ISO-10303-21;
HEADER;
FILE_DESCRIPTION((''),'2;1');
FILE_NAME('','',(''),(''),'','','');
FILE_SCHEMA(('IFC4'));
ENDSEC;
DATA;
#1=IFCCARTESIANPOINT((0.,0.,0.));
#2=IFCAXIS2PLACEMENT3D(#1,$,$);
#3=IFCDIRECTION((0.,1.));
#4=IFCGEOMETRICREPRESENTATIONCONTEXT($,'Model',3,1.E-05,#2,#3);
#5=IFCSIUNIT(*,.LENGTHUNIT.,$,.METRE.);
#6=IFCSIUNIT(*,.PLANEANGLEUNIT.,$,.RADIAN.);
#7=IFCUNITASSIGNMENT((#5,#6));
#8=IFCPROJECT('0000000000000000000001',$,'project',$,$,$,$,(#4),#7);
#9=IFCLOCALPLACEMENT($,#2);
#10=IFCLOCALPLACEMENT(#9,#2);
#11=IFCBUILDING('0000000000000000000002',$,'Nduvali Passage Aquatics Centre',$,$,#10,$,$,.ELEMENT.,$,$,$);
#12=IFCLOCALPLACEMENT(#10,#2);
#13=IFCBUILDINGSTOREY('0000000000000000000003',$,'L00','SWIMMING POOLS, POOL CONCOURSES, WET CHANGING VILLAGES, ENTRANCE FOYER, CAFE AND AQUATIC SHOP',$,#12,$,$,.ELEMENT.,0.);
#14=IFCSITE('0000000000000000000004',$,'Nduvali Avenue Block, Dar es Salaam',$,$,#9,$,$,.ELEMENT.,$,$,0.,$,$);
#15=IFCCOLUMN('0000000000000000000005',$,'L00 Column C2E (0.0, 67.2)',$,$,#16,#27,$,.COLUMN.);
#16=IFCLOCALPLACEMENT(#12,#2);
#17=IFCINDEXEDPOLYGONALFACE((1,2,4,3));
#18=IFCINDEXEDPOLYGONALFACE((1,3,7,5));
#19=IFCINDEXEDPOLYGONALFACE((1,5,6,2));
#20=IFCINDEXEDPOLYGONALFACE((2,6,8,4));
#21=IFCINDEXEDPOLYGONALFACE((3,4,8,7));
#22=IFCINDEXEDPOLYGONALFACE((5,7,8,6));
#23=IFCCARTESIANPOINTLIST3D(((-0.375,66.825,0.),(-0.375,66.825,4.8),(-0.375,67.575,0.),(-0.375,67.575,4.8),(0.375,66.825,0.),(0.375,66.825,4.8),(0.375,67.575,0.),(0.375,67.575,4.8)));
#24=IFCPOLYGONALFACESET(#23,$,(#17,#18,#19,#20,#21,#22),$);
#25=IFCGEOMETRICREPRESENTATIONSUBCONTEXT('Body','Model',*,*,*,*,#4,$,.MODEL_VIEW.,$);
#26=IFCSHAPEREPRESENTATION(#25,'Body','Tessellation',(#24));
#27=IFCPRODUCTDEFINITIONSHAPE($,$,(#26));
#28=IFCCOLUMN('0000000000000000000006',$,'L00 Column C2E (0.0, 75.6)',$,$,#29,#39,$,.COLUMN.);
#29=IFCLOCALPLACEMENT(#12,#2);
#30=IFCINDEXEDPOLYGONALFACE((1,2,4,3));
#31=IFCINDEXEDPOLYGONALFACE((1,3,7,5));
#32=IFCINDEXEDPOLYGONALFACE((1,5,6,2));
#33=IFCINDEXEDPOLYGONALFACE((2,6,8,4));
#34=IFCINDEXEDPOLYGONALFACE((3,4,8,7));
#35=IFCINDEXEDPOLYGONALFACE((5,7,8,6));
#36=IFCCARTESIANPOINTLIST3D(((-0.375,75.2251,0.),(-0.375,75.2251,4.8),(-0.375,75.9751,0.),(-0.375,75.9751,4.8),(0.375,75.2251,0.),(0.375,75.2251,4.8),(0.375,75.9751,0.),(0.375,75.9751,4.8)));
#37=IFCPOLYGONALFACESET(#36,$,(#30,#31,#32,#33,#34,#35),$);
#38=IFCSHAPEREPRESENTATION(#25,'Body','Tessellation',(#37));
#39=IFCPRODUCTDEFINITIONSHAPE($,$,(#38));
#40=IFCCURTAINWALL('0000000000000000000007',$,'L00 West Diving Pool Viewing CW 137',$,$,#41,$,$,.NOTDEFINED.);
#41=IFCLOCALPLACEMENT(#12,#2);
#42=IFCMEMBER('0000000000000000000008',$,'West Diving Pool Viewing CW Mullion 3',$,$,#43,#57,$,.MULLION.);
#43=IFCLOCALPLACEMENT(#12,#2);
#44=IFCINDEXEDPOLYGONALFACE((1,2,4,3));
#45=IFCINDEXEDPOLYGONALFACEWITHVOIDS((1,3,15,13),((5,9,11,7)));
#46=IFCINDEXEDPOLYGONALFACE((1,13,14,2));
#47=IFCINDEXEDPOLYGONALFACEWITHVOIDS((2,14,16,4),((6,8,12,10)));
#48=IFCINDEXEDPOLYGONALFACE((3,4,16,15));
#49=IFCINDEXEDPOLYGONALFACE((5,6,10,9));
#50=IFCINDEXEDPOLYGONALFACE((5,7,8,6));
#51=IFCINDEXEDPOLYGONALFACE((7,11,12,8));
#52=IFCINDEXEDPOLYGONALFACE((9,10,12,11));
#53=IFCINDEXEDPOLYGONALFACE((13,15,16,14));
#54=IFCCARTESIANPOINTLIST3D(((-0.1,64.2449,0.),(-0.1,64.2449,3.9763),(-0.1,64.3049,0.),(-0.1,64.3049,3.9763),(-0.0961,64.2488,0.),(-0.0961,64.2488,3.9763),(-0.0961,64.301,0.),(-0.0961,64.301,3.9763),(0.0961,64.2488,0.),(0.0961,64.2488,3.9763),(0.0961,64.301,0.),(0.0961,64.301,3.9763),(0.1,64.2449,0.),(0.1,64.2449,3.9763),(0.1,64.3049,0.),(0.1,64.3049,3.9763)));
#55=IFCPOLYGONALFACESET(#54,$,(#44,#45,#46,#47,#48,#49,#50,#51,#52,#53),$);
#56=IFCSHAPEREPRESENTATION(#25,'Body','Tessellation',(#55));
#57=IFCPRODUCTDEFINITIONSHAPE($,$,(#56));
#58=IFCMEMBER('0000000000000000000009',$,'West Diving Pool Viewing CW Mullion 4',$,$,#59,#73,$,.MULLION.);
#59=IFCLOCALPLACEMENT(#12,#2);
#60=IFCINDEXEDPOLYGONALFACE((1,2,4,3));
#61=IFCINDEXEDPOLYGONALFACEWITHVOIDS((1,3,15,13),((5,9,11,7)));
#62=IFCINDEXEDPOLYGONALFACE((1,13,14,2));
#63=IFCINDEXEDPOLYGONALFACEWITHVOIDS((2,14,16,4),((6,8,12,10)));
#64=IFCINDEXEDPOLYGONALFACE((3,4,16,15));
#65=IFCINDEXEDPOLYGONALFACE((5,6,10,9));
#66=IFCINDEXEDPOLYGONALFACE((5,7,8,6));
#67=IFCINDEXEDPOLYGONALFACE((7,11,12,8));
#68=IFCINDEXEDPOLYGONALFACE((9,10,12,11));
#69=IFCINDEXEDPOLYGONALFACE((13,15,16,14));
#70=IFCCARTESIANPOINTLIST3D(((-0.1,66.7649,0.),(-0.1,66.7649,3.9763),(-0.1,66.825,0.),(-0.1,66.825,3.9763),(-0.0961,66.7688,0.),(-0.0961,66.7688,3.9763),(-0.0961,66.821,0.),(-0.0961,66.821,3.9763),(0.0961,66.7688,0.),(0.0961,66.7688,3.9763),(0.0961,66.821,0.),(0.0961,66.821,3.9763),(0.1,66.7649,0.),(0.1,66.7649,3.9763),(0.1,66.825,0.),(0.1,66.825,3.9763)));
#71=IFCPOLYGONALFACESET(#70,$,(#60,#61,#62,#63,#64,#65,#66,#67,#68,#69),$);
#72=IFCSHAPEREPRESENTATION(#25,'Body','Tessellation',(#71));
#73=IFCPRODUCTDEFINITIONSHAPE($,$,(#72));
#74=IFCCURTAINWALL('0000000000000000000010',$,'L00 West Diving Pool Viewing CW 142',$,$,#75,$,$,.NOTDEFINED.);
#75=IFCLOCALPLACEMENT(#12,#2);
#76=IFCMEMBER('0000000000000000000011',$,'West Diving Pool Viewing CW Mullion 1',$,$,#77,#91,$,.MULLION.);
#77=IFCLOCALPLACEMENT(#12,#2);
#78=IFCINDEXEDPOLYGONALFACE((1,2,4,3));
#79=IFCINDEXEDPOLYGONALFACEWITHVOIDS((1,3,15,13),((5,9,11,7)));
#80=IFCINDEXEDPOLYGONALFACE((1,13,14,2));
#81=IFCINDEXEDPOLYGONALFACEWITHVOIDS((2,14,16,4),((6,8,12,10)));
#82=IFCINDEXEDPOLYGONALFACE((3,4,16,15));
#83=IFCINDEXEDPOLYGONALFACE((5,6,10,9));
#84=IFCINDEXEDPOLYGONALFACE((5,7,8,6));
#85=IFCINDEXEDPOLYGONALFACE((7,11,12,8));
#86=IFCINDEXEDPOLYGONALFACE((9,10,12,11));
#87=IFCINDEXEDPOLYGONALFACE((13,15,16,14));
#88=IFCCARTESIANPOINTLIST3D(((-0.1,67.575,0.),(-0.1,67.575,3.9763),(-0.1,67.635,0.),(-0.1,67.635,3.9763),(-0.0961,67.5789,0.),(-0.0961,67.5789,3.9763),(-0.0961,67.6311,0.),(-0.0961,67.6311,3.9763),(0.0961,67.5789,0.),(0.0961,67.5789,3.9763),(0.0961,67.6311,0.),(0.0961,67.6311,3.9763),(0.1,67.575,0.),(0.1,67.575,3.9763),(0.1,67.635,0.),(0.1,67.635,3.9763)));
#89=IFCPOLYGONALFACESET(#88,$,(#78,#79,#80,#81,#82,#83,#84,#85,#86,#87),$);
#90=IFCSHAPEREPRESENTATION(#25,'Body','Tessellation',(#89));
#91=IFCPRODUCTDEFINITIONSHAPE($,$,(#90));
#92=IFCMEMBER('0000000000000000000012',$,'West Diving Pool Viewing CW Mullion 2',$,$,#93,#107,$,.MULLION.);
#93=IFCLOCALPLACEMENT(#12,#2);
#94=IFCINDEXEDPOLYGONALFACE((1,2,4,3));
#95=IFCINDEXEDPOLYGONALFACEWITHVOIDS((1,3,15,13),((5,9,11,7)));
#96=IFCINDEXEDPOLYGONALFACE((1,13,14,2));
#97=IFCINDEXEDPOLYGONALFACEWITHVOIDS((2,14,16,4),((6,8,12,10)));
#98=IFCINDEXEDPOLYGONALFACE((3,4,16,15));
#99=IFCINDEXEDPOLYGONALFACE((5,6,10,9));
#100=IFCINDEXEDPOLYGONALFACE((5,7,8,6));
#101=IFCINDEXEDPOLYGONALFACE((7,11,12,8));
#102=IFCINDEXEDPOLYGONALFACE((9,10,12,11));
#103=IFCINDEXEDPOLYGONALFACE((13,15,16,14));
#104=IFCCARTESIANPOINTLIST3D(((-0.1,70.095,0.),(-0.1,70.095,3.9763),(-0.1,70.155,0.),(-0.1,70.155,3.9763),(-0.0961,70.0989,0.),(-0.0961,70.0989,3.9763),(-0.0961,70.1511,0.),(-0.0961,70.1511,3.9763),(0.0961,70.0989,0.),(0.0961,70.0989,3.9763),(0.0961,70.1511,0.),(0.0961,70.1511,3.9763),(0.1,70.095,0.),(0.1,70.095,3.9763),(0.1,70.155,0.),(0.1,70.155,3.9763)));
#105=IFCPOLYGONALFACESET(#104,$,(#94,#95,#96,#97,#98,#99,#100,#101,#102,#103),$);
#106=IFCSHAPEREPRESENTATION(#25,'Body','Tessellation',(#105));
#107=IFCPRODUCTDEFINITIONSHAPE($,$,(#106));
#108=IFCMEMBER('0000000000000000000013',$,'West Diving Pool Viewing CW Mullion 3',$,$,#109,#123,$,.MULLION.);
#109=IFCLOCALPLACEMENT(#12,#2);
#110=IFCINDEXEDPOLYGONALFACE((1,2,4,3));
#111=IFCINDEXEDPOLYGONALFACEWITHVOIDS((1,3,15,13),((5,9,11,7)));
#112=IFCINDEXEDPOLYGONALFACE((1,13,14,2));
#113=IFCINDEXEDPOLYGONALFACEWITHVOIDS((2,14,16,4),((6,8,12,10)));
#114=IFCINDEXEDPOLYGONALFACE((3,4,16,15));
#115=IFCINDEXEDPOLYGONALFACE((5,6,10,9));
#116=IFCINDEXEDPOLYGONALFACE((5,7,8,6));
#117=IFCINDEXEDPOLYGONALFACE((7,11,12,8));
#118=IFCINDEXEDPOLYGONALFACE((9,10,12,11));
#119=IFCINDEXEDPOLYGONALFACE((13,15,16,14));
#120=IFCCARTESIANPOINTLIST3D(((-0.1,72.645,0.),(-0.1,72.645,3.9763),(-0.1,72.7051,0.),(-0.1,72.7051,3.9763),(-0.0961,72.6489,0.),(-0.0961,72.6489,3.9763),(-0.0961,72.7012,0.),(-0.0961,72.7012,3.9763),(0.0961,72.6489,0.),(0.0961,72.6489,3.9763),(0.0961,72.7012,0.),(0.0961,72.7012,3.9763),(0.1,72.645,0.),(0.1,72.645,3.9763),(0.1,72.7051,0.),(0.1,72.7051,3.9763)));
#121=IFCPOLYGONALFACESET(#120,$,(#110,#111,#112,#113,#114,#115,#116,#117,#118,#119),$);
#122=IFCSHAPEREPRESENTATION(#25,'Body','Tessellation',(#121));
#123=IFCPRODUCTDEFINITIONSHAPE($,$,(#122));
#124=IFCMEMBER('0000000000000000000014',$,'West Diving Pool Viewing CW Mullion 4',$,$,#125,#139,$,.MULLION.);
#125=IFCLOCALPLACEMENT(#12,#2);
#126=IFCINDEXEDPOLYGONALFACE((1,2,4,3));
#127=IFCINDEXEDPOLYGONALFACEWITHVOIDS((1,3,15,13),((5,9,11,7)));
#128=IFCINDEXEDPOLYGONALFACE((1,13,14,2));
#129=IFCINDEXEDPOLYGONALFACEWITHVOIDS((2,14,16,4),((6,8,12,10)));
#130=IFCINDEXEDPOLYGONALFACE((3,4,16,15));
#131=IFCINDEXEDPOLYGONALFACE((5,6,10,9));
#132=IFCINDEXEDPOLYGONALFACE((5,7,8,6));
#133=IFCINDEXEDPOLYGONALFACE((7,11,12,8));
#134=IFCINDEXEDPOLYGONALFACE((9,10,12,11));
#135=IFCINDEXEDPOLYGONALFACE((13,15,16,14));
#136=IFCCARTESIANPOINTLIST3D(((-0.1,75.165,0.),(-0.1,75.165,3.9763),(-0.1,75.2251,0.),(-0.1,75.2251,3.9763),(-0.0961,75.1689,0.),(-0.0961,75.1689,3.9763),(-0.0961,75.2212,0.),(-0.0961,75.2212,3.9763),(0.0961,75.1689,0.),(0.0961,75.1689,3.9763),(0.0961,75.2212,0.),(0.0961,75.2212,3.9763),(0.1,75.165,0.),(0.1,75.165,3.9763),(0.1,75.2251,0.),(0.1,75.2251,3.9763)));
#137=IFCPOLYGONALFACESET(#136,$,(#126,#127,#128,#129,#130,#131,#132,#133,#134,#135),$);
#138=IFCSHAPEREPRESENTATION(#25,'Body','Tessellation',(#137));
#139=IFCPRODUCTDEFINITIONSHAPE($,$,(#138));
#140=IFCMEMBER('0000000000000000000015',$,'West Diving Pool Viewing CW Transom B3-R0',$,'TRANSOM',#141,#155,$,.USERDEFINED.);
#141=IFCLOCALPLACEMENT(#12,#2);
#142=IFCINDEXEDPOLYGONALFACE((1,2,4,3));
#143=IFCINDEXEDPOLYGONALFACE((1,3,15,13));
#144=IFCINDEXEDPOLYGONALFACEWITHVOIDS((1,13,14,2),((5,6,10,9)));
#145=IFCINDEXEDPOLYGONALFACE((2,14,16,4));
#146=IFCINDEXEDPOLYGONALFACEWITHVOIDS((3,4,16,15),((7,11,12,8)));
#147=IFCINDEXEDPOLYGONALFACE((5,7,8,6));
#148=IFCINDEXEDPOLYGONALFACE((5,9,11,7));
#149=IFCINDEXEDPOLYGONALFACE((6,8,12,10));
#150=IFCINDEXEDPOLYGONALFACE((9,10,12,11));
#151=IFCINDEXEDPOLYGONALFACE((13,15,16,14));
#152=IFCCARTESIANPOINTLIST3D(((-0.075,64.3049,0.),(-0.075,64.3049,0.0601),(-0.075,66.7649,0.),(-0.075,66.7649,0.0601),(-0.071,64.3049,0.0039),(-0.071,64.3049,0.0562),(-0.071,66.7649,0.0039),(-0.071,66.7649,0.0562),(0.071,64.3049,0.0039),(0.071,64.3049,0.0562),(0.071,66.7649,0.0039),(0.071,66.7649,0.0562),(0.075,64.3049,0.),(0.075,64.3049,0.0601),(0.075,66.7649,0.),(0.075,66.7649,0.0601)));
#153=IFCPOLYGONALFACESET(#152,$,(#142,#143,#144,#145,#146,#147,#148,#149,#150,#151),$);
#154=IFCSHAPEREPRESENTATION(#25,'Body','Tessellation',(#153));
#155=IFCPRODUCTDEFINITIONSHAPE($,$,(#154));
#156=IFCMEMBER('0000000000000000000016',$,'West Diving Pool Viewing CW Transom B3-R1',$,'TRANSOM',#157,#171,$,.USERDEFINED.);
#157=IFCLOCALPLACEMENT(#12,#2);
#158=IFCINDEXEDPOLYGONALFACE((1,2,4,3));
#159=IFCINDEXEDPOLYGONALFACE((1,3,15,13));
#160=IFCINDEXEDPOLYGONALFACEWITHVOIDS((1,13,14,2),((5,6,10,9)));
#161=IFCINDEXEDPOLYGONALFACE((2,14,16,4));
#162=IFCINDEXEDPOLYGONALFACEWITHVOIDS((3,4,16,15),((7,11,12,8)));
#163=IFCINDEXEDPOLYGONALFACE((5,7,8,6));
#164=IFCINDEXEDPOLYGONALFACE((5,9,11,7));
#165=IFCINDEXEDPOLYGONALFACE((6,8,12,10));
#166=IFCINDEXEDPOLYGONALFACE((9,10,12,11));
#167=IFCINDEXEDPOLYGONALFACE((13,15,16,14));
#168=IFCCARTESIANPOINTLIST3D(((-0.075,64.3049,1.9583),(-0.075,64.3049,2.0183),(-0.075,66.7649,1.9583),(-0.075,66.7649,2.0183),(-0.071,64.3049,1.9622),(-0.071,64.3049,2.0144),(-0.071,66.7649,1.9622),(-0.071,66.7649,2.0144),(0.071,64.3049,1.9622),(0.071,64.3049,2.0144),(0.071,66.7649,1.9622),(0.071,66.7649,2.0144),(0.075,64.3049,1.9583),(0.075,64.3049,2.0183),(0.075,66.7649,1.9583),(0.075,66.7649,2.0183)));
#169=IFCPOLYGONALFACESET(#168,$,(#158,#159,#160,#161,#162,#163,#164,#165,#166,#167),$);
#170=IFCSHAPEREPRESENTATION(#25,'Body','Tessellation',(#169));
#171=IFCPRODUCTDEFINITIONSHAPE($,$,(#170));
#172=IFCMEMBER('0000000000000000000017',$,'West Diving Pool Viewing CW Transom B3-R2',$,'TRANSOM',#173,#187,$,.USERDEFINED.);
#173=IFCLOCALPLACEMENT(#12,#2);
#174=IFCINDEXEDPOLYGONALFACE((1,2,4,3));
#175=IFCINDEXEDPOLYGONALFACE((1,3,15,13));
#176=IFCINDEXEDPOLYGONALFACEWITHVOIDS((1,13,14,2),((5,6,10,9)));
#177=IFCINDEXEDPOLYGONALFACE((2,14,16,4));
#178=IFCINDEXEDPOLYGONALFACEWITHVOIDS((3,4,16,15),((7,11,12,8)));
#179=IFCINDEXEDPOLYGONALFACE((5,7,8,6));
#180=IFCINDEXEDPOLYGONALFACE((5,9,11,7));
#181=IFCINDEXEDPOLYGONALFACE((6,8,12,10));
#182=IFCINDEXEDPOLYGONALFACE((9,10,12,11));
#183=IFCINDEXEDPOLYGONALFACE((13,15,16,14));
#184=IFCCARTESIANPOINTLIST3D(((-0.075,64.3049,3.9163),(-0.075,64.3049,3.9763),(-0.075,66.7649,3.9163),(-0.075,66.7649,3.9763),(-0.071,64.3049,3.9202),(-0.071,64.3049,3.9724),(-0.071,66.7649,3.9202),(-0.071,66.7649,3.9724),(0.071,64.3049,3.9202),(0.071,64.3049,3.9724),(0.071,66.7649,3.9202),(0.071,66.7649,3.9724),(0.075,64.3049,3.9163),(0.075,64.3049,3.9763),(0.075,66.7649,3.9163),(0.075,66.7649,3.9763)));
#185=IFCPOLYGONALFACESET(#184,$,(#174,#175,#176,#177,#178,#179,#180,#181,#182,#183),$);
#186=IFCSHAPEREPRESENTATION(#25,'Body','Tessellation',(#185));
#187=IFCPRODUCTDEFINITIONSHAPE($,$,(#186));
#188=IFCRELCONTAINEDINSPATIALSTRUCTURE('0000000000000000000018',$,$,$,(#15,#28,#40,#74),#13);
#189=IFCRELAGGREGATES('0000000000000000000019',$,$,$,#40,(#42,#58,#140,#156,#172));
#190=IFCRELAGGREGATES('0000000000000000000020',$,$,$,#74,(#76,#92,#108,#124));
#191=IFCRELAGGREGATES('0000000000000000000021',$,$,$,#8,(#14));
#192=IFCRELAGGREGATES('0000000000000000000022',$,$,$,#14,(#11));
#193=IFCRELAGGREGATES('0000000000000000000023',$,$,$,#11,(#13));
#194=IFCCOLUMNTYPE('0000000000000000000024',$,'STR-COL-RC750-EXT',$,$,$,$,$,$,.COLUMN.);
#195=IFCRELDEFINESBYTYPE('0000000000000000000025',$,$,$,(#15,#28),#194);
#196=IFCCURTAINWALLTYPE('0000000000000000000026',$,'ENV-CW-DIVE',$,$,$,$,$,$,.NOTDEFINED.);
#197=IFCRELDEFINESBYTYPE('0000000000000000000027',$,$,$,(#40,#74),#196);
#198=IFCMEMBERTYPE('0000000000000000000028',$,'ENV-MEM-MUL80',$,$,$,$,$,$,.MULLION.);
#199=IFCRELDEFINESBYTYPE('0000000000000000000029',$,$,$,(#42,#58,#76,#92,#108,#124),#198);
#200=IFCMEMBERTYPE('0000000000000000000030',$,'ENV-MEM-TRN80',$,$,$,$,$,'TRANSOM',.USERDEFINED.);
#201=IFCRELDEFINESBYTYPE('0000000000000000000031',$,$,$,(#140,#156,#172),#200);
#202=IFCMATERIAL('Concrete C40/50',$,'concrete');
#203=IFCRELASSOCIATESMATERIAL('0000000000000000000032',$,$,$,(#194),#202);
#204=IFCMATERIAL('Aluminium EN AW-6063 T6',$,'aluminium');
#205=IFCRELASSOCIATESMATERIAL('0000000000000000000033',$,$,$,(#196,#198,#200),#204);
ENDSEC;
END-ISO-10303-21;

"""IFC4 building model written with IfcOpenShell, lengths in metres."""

from ifc_helpers import new_model, si_unit, direction, frame, origin, origin_2d, place, context, subcontext, project, spatial, rectangle, hollow_rectangle, extrude, material, material_profile, profile_set, type_object, element, aggregate, save


model = new_model("IFC4")

# Units and contexts
model_context = context("Model", 3, precision=1e-05, world=origin(), true_north=direction((0.0, 1.0)))
body_context = subcontext(model_context, "Body", "Model", "MODEL_VIEW")
ifc_project = project(units=[si_unit("LENGTHUNIT", "METRE"), si_unit("PLANEANGLEUNIT", "RADIAN")], contexts=[model_context])

# Site, building, storey
site_placement = place(None, origin())
site = spatial("IfcSite", under=ifc_project, at=site_placement, Name="Nduvali Avenue Block, Dar es Salaam", CompositionType="ELEMENT", RefElevation=0.0)
building_placement = place(site_placement, origin())
building = spatial("IfcBuilding", under=site, at=building_placement, Name="Nduvali Passage Aquatics Centre", CompositionType="ELEMENT")
storey_placement = place(building_placement, origin())
storey = spatial("IfcBuildingStorey", under=building, at=storey_placement, Name="L00", Description="SWIMMING POOLS, POOL CONCOURSES, WET CHANGING VILLAGES, ENTRANCE FOYER, CAFE AND AQUATIC SHOP", CompositionType="ELEMENT", Elevation=0.0)

# Columns
ifc_material_1 = material(Name="Concrete C40/50", Category="concrete")
ifc_material_profile_1 = material_profile(ifc_material_1, rectangle(XDim=0.75, YDim=0.75, at=origin_2d()), Name="RC 750x750")
ifc_profile_set_1 = profile_set([ifc_material_profile_1], Name="Concrete C40/50")
column_type = type_object("IfcColumnType", Name="STR-COL-RC750-EXT", PredefinedType="COLUMN", material=ifc_profile_set_1)
for number, where, z_axis, x_axis, name in (
    (1, (0.0, 67.2, 0.0), (0.0, 0.0, 1.0), (1.0, 0.0, 0.0), "L00 Column C2E (0.0, 67.2)"),
    (2, (0.0, 75.6001, 0.0), (0.0, 0.0, 1.0), (1.0, 0.0, 0.0), "L00 Column C2E (0.0, 75.6)"),
):
    element("IfcColumn", number, at=place(storey_placement, frame(where, z_axis=z_axis, x_axis=x_axis)), inside=storey, type_object=column_type, Name=name, PredefinedType="COLUMN", context=body_context, shape_type="SweptSolid", body=[
        extrude(rectangle(XDim=0.75, YDim=0.75, at=origin_2d()), origin(), (0.0, 0.0, 1.0), 4.8),
    ])

# Curtain walls, members
ifc_material_2 = material(Name="Aluminium EN AW-6063 T6", Category="aluminium")
curtain_wall_type = type_object("IfcCurtainWallType", Name="ENV-CW-DIVE", PredefinedType="NOTDEFINED", material=ifc_material_2)
curtain_wall_1_placement = place(storey_placement, origin())
curtain_wall_1 = element("IfcCurtainWall", 3, at=curtain_wall_1_placement, inside=storey, type_object=curtain_wall_type, Name="L00 West Diving Pool Viewing CW 137", PredefinedType="NOTDEFINED")
ifc_material_profile_2 = material_profile(ifc_material_2, hollow_rectangle(XDim=0.0601, YDim=0.2, WallThickness=0.0039, at=origin_2d()), Name="ALU MULLION 60x200x4")
ifc_profile_set_2 = profile_set([ifc_material_profile_2], Name="Aluminium EN AW-6063 T6")
member_type_1 = type_object("IfcMemberType", Name="ENV-MEM-MUL80", PredefinedType="MULLION", material=ifc_profile_set_2)
member_1_placement = place(storey_placement, frame((0.0, 64.2749, 0.0), z_axis=(0.0, 0.0, 1.0), x_axis=(0.0, 1.0, 0.0)))
member_1 = element("IfcMember", 4, at=member_1_placement, type_object=member_type_1, Name="West Diving Pool Viewing CW Mullion 3", PredefinedType="MULLION", context=body_context, shape_type="SweptSolid", body=[
    extrude(hollow_rectangle(XDim=0.0601, YDim=0.2, WallThickness=0.0039, at=origin_2d()), origin(), (0.0, 0.0, 1.0), 3.9763),
])
member_2_placement = place(storey_placement, frame((0.0, 66.7949, 0.0), z_axis=(0.0, 0.0, 1.0), x_axis=(0.0, 1.0, 0.0)))
member_2 = element("IfcMember", 5, at=member_2_placement, type_object=member_type_1, Name="West Diving Pool Viewing CW Mullion 4", PredefinedType="MULLION", context=body_context, shape_type="SweptSolid", body=[
    extrude(hollow_rectangle(XDim=0.0601, YDim=0.2, WallThickness=0.0039, at=origin_2d()), origin(), (0.0, 0.0, 1.0), 3.9763),
])
curtain_wall_2_placement = place(storey_placement, origin())
curtain_wall_2 = element("IfcCurtainWall", 6, at=curtain_wall_2_placement, inside=storey, type_object=curtain_wall_type, Name="L00 West Diving Pool Viewing CW 142", PredefinedType="NOTDEFINED")
member_3_placement = place(storey_placement, frame((0.0, 67.605, 0.0), z_axis=(0.0, 0.0, 1.0), x_axis=(0.0, 1.0, 0.0)))
member_3 = element("IfcMember", 7, at=member_3_placement, type_object=member_type_1, Name="West Diving Pool Viewing CW Mullion 1", PredefinedType="MULLION", context=body_context, shape_type="SweptSolid", body=[
    extrude(hollow_rectangle(XDim=0.0601, YDim=0.2, WallThickness=0.0039, at=origin_2d()), origin(), (0.0, 0.0, 1.0), 3.9763),
])
member_4_placement = place(storey_placement, frame((0.0, 70.125, 0.0), z_axis=(0.0, 0.0, 1.0), x_axis=(0.0, 1.0, 0.0)))
member_4 = element("IfcMember", 8, at=member_4_placement, type_object=member_type_1, Name="West Diving Pool Viewing CW Mullion 2", PredefinedType="MULLION", context=body_context, shape_type="SweptSolid", body=[
    extrude(hollow_rectangle(XDim=0.0601, YDim=0.2, WallThickness=0.0039, at=origin_2d()), origin(), (0.0, 0.0, 1.0), 3.9763),
])
member_5_placement = place(storey_placement, frame((0.0, 72.675, 0.0), z_axis=(0.0, 0.0, 1.0), x_axis=(0.0, 1.0, 0.0)))
member_5 = element("IfcMember", 9, at=member_5_placement, type_object=member_type_1, Name="West Diving Pool Viewing CW Mullion 3", PredefinedType="MULLION", context=body_context, shape_type="SweptSolid", body=[
    extrude(hollow_rectangle(XDim=0.0601, YDim=0.2, WallThickness=0.0039, at=origin_2d()), origin(), (0.0, 0.0, 1.0), 3.9763),
])
member_6_placement = place(storey_placement, frame((0.0, 75.1951, 0.0), z_axis=(0.0, 0.0, 1.0), x_axis=(0.0, 1.0, 0.0)))
member_6 = element("IfcMember", 10, at=member_6_placement, type_object=member_type_1, Name="West Diving Pool Viewing CW Mullion 4", PredefinedType="MULLION", context=body_context, shape_type="SweptSolid", body=[
    extrude(hollow_rectangle(XDim=0.0601, YDim=0.2, WallThickness=0.0039, at=origin_2d()), origin(), (0.0, 0.0, 1.0), 3.9763),
])

# Members
ifc_material_profile_3 = material_profile(ifc_material_2, hollow_rectangle(XDim=0.1499, YDim=0.0601, WallThickness=0.0039, at=origin_2d()), Name="ALU TRANSOM 150x60x4")
ifc_profile_set_3 = profile_set([ifc_material_profile_3], Name="Aluminium EN AW-6063 T6")
member_type_2 = type_object("IfcMemberType", Name="ENV-MEM-TRN80", ElementType="TRANSOM", PredefinedType="USERDEFINED", material=ifc_profile_set_3)
member_7_placement = place(storey_placement, frame((0.0, 64.3049, 0.03), z_axis=(0.0, 1.0, 0.0), x_axis=(-1.0, 0.0, 0.0)))
member_7 = element("IfcMember", 11, at=member_7_placement, type_object=member_type_2, Name="West Diving Pool Viewing CW Transom B3-R0", ObjectType="TRANSOM", PredefinedType="USERDEFINED", context=body_context, shape_type="SweptSolid", body=[
    extrude(hollow_rectangle(XDim=0.1499, YDim=0.0601, WallThickness=0.0039, at=origin_2d()), origin(), (0.0, 0.0, 1.0), 2.46),
])
member_8_placement = place(storey_placement, frame((0.0, 64.3049, 1.9883), z_axis=(0.0, 1.0, 0.0), x_axis=(-1.0, 0.0, 0.0)))
member_8 = element("IfcMember", 12, at=member_8_placement, type_object=member_type_2, Name="West Diving Pool Viewing CW Transom B3-R1", ObjectType="TRANSOM", PredefinedType="USERDEFINED", context=body_context, shape_type="SweptSolid", body=[
    extrude(hollow_rectangle(XDim=0.1499, YDim=0.0601, WallThickness=0.0039, at=origin_2d()), origin(), (0.0, 0.0, 1.0), 2.46),
])
member_9_placement = place(storey_placement, frame((0.0, 64.3049, 3.9463), z_axis=(0.0, 1.0, 0.0), x_axis=(-1.0, 0.0, 0.0)))
member_9 = element("IfcMember", 13, at=member_9_placement, type_object=member_type_2, Name="West Diving Pool Viewing CW Transom B3-R2", ObjectType="TRANSOM", PredefinedType="USERDEFINED", context=body_context, shape_type="SweptSolid", body=[
    extrude(hollow_rectangle(XDim=0.1499, YDim=0.0601, WallThickness=0.0039, at=origin_2d()), origin(), (0.0, 0.0, 1.0), 2.46),
])

aggregate(curtain_wall_1, [member_1, member_2, member_7, member_8, member_9])
aggregate(curtain_wall_2, [member_3, member_4, member_5, member_6])

save(model, "model.ifc")
